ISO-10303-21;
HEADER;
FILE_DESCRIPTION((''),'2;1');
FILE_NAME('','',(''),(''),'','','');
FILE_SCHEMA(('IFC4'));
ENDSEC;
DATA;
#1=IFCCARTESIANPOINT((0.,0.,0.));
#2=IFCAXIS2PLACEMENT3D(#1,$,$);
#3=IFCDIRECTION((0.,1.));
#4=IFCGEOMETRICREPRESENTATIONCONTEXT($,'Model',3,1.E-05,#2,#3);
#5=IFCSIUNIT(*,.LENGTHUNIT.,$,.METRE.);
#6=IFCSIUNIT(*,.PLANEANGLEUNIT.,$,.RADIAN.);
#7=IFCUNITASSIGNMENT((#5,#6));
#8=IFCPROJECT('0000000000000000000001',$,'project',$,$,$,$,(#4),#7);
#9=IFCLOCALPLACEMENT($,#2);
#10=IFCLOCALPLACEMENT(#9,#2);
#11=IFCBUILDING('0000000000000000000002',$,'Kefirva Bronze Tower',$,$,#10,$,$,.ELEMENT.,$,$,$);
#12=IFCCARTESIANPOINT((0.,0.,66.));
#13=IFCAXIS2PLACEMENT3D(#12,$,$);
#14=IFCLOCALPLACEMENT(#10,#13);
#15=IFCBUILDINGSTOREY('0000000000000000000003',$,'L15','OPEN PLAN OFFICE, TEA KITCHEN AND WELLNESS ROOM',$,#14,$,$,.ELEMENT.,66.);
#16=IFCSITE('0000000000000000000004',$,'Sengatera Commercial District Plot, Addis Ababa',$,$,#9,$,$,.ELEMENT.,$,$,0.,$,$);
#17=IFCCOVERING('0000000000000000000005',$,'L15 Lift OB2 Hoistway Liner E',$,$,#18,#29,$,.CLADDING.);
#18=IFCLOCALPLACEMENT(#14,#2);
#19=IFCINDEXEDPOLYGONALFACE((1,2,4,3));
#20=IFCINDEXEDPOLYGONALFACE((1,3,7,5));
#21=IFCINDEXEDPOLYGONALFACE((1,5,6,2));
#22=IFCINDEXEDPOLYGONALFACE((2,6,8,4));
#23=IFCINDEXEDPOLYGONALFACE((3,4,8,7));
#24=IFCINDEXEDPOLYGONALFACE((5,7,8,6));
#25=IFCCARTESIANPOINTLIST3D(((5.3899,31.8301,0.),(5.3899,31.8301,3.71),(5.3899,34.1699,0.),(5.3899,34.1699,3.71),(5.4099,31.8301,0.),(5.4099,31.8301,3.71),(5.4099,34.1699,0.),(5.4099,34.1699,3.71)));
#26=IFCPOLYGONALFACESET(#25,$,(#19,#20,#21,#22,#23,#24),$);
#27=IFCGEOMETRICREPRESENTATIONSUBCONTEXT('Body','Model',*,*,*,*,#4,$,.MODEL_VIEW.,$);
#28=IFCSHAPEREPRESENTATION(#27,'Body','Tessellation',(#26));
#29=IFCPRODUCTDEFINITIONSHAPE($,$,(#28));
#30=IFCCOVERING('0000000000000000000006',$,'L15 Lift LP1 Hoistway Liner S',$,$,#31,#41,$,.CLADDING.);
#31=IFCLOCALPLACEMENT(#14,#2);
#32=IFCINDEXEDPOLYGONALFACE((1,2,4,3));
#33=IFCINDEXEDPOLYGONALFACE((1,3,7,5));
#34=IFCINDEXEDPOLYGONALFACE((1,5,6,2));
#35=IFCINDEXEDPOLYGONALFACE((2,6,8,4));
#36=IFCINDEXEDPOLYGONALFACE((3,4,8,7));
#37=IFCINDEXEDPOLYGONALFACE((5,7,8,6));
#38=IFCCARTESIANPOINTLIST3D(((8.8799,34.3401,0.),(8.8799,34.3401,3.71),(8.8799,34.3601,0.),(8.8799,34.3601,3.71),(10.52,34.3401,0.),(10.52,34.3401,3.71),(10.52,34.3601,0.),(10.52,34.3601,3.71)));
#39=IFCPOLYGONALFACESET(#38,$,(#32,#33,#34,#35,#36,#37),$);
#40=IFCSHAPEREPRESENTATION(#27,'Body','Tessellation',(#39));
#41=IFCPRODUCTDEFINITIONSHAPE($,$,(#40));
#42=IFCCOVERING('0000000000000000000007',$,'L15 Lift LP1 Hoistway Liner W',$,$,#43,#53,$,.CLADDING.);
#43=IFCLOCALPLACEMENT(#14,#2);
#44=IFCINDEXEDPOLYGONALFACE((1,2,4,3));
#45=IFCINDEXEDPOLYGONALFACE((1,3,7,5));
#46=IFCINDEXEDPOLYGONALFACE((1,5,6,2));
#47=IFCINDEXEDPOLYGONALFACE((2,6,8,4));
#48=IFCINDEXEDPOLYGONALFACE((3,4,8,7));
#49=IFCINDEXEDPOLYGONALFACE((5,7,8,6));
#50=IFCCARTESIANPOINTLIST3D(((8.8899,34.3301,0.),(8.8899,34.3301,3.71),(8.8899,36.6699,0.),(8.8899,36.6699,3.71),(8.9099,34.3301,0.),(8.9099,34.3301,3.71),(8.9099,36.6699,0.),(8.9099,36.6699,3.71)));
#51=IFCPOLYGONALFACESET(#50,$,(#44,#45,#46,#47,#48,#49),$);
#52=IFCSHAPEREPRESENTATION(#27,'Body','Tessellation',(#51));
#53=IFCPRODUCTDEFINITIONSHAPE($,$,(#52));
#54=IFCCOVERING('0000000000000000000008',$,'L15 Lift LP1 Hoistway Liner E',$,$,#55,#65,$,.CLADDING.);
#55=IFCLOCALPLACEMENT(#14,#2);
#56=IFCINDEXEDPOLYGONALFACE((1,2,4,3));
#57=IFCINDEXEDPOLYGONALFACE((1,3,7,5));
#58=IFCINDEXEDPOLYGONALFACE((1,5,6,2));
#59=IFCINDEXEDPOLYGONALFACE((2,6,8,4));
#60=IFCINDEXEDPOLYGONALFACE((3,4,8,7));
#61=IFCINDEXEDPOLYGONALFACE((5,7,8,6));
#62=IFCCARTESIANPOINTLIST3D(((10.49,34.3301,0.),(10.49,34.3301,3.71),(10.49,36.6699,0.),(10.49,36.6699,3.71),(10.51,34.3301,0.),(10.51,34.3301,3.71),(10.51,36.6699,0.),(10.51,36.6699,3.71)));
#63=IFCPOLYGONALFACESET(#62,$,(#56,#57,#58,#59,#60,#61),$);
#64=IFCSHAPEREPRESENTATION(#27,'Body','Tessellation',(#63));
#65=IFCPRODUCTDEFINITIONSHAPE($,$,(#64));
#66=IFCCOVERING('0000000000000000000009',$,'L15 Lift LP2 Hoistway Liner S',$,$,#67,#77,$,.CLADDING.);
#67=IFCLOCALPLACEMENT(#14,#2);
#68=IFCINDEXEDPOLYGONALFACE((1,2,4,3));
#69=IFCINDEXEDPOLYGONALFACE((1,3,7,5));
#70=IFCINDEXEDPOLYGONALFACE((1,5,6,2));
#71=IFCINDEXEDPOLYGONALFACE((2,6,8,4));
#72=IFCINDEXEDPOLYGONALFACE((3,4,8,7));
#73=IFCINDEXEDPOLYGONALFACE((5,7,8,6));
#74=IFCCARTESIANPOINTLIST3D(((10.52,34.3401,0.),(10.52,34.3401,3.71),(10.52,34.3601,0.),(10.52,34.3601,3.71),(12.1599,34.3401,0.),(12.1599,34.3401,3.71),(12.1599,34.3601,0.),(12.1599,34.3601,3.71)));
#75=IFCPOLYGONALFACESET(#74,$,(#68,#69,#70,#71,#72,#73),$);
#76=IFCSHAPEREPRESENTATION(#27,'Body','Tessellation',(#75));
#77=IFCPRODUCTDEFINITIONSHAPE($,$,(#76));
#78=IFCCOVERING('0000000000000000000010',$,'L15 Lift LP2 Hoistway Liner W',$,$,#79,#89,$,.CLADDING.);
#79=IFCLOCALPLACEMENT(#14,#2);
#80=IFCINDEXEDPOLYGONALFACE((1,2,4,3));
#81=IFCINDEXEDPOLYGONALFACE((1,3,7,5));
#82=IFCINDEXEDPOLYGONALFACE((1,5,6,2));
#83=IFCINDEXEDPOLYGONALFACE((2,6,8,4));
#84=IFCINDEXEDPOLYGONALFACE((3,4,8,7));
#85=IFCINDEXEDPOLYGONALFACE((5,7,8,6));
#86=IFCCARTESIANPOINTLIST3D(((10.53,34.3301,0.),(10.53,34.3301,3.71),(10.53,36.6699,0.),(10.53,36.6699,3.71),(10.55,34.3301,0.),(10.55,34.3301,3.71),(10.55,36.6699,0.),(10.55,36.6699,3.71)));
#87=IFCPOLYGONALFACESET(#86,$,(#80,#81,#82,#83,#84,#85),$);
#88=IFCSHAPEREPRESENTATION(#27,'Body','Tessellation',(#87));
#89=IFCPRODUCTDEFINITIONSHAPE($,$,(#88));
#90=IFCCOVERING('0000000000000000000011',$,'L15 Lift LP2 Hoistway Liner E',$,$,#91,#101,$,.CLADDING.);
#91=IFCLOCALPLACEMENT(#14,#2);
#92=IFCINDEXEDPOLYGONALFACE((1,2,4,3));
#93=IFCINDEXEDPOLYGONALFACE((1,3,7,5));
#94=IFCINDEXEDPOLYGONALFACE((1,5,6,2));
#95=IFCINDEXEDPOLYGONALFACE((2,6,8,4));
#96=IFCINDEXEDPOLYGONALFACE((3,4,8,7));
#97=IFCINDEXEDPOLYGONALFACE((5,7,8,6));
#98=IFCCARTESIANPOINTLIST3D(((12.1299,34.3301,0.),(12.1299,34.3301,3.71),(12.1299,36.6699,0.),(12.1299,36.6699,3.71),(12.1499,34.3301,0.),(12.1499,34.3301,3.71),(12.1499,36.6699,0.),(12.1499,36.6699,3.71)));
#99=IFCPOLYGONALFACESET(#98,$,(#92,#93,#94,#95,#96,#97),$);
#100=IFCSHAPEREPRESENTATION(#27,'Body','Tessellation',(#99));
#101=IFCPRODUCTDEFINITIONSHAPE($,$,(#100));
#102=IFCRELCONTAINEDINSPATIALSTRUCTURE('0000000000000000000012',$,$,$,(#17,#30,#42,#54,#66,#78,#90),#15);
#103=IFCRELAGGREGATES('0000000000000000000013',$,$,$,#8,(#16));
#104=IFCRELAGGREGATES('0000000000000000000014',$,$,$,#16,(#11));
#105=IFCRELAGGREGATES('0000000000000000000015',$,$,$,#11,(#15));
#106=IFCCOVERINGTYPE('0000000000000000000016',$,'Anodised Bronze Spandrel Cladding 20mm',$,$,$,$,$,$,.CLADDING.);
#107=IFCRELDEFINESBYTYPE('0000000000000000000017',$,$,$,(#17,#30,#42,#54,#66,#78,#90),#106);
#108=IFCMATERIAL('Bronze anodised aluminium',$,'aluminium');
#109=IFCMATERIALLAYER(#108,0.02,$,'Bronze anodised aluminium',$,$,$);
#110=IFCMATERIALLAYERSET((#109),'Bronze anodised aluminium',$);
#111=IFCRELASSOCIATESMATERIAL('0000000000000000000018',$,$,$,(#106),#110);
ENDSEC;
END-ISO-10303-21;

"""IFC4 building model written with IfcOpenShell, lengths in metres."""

from ifc_helpers import new_model, si_unit, direction, frame, origin, place, context, subcontext, project, spatial, polyline, outline, extrude, material, layer, layer_set, type_object, element, save


model = new_model("IFC4")

# Units and contexts
model_context = context("Model", 3, precision=1e-05, world=origin(), true_north=direction((0.0, 1.0)))
body_context = subcontext(model_context, "Body", "Model", "MODEL_VIEW")
ifc_project = project(units=[si_unit("LENGTHUNIT", "METRE"), si_unit("PLANEANGLEUNIT", "RADIAN")], contexts=[model_context])

# Site, building, storey
site_placement = place(None, origin())
site = spatial("IfcSite", under=ifc_project, at=site_placement, Name="Sengatera Commercial District Plot, Addis Ababa", CompositionType="ELEMENT", RefElevation=0.0)
building_placement = place(site_placement, origin())
building = spatial("IfcBuilding", under=site, at=building_placement, Name="Kefirva Bronze Tower", CompositionType="ELEMENT")
storey_placement = place(building_placement, frame((0.0, 0.0, 66.0)))
storey = spatial("IfcBuildingStorey", under=building, at=storey_placement, Name="L15", Description="OPEN PLAN OFFICE, TEA KITCHEN AND WELLNESS ROOM", CompositionType="ELEMENT", Elevation=66.0)

# Coverings
ifc_material_1 = material(Name="Bronze anodised aluminium", Category="aluminium")
ifc_layer_1 = layer(ifc_material_1, 0.02, Name="Bronze anodised aluminium")
ifc_layer_set_1 = layer_set([ifc_layer_1], Name="Bronze anodised aluminium")
covering_type = type_object("IfcCoveringType", Name="Anodised Bronze Spandrel Cladding 20mm", PredefinedType="CLADDING", material=ifc_layer_set_1)
covering_1_placement = place(storey_placement, origin())
element("IfcCovering", 1, at=covering_1_placement, inside=storey, type_object=covering_type, Name="L15 Lift OB2 Hoistway Liner E", PredefinedType="CLADDING", context=body_context, shape_type="SweptSolid", body=[
    extrude(outline(polyline([(5.3899, 31.8301), (5.4099, 31.8301), (5.4099, 34.1699), (5.3899, 34.1699), (5.3899, 31.8301)])), origin(), (0.0, 0.0, 1.0), 3.71),
])
covering_2_placement = place(storey_placement, origin())
element("IfcCovering", 2, at=covering_2_placement, inside=storey, type_object=covering_type, Name="L15 Lift LP1 Hoistway Liner S", PredefinedType="CLADDING", context=body_context, shape_type="SweptSolid", body=[
    extrude(outline(polyline([(8.8799, 34.3401), (10.52, 34.3401), (10.52, 34.3601), (8.8799, 34.3601), (8.8799, 34.3401)])), origin(), (0.0, 0.0, 1.0), 3.71),
])
covering_3_placement = place(storey_placement, origin())
element("IfcCovering", 3, at=covering_3_placement, inside=storey, type_object=covering_type, Name="L15 Lift LP1 Hoistway Liner W", PredefinedType="CLADDING", context=body_context, shape_type="SweptSolid", body=[
    extrude(outline(polyline([(8.8899, 34.3301), (8.9099, 34.3301), (8.9099, 36.6699), (8.8899, 36.6699), (8.8899, 34.3301)])), origin(), (0.0, 0.0, 1.0), 3.71),
])
covering_4_placement = place(storey_placement, origin())
element("IfcCovering", 4, at=covering_4_placement, inside=storey, type_object=covering_type, Name="L15 Lift LP1 Hoistway Liner E", PredefinedType="CLADDING", context=body_context, shape_type="SweptSolid", body=[
    extrude(outline(polyline([(10.49, 34.3301), (10.51, 34.3301), (10.51, 36.6699), (10.49, 36.6699), (10.49, 34.3301)])), origin(), (0.0, 0.0, 1.0), 3.71),
])
covering_5_placement = place(storey_placement, origin())
element("IfcCovering", 5, at=covering_5_placement, inside=storey, type_object=covering_type, Name="L15 Lift LP2 Hoistway Liner S", PredefinedType="CLADDING", context=body_context, shape_type="SweptSolid", body=[
    extrude(outline(polyline([(10.52, 34.3401), (12.1599, 34.3401), (12.1599, 34.3601), (10.52, 34.3601), (10.52, 34.3401)])), origin(), (0.0, 0.0, 1.0), 3.71),
])
covering_6_placement = place(storey_placement, origin())
element("IfcCovering", 6, at=covering_6_placement, inside=storey, type_object=covering_type, Name="L15 Lift LP2 Hoistway Liner W", PredefinedType="CLADDING", context=body_context, shape_type="SweptSolid", body=[
    extrude(outline(polyline([(10.53, 34.3301), (10.55, 34.3301), (10.55, 36.6699), (10.53, 36.6699), (10.53, 34.3301)])), origin(), (0.0, 0.0, 1.0), 3.71),
])
covering_7_placement = place(storey_placement, origin())
element("IfcCovering", 7, at=covering_7_placement, inside=storey, type_object=covering_type, Name="L15 Lift LP2 Hoistway Liner E", PredefinedType="CLADDING", context=body_context, shape_type="SweptSolid", body=[
    extrude(outline(polyline([(12.1299, 34.3301), (12.1499, 34.3301), (12.1499, 36.6699), (12.1299, 36.6699), (12.1299, 34.3301)])), origin(), (0.0, 0.0, 1.0), 3.71),
])

save(model, "model.ifc")
